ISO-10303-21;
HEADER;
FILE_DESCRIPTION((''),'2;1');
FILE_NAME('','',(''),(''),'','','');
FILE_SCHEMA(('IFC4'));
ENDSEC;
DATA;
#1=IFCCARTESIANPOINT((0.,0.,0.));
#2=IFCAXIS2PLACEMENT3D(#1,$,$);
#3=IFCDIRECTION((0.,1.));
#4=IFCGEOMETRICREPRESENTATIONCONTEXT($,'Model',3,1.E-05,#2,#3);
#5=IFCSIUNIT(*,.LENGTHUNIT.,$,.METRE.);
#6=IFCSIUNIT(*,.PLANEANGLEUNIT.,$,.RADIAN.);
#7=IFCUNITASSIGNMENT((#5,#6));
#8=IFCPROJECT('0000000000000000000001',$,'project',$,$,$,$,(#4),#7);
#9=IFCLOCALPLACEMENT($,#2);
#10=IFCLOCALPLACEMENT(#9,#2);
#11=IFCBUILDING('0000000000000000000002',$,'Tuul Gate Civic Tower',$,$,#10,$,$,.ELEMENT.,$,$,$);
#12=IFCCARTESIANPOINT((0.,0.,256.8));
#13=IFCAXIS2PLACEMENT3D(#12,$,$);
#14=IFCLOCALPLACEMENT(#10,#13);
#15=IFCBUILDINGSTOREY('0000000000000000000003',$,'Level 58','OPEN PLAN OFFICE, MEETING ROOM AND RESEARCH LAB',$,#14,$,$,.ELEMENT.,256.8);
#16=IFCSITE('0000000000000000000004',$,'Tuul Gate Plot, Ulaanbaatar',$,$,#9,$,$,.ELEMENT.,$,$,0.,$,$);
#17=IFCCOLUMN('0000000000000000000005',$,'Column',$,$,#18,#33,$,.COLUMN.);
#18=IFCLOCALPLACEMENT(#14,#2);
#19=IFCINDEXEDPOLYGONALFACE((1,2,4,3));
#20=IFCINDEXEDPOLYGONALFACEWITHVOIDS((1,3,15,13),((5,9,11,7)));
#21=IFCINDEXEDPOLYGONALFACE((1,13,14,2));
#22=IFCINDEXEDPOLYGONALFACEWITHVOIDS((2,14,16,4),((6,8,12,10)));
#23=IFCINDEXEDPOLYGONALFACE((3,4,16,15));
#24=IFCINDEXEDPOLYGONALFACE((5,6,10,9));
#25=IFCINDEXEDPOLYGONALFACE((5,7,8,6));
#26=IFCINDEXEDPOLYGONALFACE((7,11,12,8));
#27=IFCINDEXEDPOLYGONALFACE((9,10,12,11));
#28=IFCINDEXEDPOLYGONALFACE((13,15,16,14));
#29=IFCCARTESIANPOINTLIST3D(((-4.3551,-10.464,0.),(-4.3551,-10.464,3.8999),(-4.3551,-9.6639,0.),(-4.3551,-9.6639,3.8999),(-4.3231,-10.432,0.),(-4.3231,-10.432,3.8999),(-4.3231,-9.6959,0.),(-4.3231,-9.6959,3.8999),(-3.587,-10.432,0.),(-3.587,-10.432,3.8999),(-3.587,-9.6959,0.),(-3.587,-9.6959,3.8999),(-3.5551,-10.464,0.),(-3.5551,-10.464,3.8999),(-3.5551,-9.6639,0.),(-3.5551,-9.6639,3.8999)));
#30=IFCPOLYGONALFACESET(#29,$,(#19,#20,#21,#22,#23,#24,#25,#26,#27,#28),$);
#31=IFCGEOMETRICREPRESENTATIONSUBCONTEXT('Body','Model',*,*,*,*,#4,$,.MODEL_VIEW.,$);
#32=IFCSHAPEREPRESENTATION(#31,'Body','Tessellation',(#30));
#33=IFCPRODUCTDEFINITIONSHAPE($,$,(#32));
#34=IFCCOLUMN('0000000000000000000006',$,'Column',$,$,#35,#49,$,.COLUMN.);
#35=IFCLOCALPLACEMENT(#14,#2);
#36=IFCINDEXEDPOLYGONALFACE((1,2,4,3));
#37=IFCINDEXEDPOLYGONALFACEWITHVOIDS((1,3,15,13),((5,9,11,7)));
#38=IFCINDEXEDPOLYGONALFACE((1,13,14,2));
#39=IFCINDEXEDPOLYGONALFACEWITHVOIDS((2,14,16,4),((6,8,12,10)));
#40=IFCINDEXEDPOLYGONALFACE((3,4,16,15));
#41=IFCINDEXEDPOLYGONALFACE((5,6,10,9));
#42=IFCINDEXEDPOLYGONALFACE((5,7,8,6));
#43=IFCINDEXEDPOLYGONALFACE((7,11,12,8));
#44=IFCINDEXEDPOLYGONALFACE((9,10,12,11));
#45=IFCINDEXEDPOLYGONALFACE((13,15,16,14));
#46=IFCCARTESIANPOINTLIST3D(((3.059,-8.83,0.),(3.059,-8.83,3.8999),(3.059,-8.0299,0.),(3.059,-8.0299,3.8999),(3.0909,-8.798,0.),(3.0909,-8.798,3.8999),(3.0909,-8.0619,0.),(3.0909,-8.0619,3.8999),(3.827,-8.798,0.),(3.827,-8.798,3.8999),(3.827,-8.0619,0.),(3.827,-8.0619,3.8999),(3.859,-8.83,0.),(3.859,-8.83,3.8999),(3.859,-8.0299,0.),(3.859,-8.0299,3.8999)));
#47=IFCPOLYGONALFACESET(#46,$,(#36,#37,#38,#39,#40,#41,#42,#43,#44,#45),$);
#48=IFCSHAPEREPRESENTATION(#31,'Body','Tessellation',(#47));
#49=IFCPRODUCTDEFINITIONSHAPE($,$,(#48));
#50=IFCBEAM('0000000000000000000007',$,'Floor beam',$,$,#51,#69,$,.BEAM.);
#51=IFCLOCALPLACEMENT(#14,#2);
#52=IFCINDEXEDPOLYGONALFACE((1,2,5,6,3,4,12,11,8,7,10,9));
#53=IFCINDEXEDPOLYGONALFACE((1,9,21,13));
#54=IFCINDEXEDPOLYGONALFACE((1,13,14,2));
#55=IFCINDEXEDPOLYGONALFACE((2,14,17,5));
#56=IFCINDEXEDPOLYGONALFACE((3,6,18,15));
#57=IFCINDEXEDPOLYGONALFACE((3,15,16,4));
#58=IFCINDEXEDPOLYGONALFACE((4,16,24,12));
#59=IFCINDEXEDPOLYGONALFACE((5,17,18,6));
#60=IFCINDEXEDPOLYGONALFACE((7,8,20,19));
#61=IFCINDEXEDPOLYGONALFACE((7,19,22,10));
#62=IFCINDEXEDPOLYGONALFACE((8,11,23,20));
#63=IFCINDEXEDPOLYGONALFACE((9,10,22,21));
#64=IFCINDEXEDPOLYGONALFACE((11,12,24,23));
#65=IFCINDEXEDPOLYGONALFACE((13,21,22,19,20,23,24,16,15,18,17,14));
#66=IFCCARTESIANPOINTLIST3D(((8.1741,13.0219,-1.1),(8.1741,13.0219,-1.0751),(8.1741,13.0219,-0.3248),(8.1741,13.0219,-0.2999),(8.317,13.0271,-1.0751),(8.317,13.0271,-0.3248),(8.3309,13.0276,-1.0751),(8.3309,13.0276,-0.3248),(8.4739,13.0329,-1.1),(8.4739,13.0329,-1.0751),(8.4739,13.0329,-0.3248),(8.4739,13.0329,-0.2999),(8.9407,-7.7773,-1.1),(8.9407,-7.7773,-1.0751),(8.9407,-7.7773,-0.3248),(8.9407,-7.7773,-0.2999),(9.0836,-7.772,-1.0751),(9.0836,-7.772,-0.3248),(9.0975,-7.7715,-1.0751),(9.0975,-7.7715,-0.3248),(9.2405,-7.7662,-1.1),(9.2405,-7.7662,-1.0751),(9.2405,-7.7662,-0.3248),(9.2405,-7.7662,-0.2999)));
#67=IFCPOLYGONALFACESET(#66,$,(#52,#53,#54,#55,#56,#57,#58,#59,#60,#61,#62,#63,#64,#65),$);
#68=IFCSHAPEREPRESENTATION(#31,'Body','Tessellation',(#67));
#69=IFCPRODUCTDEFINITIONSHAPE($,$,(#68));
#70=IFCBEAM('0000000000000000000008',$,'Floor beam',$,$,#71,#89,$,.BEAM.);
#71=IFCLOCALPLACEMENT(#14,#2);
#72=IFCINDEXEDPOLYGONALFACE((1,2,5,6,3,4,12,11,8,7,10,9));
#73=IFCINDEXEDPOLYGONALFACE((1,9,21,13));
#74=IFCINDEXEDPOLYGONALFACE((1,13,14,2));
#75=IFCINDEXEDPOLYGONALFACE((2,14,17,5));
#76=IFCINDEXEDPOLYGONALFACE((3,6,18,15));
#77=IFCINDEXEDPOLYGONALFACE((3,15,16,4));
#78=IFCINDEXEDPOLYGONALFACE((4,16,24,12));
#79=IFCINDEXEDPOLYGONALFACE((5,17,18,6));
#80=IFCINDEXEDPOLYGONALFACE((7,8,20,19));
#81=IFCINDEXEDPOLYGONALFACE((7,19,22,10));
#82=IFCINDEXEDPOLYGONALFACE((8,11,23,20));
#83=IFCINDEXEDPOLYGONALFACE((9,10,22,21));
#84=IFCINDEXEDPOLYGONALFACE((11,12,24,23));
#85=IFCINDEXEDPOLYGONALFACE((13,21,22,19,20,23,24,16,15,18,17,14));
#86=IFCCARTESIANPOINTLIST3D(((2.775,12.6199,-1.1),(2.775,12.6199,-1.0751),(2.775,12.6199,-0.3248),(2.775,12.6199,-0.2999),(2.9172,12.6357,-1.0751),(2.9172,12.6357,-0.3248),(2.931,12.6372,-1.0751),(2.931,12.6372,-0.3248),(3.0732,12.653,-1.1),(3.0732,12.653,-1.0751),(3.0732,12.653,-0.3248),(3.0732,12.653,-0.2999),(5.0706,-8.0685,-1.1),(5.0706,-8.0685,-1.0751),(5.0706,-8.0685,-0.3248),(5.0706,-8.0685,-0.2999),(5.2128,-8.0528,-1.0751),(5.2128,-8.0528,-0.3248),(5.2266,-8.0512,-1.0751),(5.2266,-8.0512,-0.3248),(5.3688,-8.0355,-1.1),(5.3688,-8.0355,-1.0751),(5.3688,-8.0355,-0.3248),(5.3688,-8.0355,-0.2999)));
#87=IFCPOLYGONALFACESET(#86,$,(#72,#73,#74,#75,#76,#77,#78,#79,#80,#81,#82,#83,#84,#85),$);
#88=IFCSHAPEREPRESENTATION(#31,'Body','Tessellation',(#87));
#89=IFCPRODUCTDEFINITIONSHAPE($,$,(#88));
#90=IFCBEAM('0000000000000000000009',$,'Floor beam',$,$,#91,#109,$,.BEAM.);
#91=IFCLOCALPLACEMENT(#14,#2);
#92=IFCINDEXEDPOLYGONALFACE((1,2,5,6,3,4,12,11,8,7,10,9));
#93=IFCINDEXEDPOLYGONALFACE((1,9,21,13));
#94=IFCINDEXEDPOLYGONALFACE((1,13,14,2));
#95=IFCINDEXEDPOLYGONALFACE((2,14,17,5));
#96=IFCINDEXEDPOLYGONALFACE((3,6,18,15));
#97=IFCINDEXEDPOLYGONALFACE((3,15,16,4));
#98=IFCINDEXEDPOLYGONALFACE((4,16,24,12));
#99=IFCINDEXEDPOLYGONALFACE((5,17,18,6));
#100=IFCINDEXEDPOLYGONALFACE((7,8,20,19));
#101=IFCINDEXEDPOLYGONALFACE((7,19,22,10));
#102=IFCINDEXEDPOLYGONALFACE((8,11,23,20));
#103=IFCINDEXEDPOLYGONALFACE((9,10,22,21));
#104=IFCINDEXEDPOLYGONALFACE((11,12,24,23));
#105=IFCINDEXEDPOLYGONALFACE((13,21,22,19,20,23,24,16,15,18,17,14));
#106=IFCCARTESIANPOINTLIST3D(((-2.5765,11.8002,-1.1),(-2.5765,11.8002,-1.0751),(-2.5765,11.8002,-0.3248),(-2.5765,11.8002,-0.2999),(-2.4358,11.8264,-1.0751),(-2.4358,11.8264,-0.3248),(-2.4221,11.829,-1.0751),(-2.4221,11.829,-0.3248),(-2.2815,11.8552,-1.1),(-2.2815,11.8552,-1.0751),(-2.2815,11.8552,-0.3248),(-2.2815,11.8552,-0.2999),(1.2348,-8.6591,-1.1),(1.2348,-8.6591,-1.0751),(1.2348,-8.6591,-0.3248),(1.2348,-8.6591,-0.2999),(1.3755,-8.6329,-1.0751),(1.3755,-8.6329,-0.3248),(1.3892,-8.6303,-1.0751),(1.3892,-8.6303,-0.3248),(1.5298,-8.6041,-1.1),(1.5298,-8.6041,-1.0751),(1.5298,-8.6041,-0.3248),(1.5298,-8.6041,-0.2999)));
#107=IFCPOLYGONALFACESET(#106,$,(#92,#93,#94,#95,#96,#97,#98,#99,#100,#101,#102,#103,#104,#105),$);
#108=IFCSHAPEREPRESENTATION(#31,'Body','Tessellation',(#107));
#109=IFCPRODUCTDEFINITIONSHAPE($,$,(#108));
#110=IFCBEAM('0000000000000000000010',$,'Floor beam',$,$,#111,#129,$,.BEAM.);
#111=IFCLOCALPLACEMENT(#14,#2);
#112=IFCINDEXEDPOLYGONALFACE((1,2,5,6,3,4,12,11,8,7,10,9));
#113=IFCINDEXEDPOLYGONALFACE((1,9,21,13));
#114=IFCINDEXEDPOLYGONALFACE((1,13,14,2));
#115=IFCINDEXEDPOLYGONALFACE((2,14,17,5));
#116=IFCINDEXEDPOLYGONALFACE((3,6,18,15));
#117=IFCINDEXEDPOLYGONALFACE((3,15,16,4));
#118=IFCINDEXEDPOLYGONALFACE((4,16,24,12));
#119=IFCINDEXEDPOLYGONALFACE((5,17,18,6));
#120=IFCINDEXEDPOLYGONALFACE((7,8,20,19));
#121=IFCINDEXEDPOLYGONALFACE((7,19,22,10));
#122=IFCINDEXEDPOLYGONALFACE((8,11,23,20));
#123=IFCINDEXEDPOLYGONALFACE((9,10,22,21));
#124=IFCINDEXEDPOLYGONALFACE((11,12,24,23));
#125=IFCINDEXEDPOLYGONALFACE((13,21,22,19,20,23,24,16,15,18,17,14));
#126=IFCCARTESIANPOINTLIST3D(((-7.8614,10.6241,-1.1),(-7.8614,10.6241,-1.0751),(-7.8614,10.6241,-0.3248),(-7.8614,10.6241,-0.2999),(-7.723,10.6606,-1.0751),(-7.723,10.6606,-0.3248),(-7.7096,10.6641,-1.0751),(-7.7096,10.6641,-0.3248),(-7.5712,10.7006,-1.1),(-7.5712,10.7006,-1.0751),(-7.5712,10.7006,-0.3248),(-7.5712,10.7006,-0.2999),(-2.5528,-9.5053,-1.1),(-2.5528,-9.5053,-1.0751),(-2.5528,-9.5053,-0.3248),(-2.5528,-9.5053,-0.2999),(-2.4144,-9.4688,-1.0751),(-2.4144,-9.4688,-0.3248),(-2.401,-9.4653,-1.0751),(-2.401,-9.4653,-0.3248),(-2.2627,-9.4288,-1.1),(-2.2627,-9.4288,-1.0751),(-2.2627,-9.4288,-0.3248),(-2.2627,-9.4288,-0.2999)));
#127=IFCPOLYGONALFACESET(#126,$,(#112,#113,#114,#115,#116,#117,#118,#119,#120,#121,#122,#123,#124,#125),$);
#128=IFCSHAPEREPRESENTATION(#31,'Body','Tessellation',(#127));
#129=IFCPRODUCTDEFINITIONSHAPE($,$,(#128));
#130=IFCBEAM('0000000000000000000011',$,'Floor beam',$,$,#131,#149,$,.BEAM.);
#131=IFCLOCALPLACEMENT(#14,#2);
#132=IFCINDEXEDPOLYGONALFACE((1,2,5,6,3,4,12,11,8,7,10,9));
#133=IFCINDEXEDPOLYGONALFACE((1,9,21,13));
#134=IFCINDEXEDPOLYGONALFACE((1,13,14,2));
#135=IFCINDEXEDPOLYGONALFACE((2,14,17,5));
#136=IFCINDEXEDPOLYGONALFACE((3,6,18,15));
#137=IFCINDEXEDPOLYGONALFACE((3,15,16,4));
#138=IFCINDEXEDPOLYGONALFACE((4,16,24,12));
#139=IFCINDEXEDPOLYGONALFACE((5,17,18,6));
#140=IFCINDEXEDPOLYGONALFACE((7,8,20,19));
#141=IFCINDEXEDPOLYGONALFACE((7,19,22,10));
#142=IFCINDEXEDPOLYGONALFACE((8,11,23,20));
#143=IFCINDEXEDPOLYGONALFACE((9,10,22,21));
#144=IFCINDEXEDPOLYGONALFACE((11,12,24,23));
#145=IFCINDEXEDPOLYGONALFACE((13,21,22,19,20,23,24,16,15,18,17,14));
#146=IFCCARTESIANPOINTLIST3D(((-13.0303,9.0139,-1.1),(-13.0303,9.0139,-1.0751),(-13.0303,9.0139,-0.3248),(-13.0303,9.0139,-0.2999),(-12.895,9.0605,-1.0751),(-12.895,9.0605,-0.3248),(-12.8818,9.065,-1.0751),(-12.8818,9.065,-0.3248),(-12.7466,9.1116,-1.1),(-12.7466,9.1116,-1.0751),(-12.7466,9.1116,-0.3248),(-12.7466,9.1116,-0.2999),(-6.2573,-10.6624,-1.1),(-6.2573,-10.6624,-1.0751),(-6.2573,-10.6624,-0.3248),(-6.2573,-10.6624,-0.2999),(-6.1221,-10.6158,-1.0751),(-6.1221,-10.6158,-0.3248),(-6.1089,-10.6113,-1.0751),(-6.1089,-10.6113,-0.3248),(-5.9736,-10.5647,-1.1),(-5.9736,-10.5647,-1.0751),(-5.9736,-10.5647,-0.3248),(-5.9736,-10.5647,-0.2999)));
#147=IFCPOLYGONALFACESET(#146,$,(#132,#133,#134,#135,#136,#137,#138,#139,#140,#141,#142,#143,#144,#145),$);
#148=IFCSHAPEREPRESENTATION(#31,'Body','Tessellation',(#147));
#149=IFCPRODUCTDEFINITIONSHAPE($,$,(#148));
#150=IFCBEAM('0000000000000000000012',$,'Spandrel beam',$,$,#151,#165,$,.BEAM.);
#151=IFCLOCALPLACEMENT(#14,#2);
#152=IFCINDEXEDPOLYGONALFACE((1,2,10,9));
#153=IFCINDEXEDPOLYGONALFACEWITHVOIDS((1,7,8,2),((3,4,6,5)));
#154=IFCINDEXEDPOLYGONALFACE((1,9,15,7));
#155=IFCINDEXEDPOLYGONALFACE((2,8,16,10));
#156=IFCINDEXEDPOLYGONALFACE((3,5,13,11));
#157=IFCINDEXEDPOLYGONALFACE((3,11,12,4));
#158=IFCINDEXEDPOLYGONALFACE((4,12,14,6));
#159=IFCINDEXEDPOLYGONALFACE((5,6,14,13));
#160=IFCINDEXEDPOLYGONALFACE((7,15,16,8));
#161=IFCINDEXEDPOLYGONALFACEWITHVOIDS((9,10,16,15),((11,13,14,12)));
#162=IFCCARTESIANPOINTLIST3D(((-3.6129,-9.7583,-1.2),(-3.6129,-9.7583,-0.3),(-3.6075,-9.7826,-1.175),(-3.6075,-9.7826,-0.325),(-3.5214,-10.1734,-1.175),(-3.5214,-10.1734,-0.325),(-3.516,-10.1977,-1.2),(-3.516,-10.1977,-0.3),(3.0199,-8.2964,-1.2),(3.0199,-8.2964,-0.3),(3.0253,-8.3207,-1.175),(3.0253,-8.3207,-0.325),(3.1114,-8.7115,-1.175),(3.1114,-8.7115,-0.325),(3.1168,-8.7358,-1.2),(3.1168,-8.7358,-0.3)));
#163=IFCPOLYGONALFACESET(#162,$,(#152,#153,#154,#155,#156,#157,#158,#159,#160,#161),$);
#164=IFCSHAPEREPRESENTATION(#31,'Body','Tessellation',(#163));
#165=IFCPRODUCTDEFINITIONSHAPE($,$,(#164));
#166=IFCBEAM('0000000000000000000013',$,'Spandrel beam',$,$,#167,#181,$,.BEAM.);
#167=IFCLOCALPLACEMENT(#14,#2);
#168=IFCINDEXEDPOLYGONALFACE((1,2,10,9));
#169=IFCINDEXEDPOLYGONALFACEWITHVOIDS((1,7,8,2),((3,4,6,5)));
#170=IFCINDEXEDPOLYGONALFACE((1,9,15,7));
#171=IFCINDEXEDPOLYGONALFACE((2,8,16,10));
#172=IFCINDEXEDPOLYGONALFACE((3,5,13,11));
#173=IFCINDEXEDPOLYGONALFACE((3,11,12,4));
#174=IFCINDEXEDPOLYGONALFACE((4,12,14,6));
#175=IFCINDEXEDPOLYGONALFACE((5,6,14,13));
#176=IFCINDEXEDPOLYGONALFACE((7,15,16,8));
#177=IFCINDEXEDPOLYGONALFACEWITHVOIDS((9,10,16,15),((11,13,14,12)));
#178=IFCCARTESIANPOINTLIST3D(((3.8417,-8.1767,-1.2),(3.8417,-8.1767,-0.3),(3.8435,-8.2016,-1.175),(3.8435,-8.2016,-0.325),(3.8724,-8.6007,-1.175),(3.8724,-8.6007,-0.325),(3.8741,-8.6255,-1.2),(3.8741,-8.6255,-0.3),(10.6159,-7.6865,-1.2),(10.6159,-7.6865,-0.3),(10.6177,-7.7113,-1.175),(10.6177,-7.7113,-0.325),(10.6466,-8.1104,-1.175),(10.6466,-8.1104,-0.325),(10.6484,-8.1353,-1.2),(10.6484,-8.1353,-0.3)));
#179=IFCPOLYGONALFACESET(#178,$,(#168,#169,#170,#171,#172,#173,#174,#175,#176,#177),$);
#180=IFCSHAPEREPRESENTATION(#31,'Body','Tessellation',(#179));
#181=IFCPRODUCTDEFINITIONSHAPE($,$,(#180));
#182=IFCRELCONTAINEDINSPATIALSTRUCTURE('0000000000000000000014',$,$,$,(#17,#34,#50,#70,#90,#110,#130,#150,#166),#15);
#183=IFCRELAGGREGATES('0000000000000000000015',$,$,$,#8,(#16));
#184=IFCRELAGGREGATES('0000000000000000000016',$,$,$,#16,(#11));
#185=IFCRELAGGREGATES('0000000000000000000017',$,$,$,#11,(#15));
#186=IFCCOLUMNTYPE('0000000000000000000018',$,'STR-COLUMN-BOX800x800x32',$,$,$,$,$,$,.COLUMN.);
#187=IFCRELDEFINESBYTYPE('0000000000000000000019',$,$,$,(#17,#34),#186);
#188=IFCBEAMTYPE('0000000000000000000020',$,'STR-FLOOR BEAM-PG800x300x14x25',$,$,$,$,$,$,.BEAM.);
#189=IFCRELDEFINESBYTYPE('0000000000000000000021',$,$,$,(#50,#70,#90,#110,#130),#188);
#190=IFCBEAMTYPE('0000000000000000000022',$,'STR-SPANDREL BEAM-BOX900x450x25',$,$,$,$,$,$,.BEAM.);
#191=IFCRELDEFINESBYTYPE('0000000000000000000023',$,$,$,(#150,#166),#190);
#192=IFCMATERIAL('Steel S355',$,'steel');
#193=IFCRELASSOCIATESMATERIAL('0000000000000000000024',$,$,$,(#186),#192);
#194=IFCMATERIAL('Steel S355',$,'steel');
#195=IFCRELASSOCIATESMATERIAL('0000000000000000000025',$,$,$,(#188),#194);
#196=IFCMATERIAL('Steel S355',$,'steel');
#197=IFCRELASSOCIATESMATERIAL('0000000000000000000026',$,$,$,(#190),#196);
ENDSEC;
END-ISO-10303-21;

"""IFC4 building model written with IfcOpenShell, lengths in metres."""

from ifc_helpers import new_model, si_unit, direction, frame, origin, origin_2d, place, context, subcontext, project, spatial, hollow_rectangle, i_section, extrude, material, material_profile, profile_set, type_object, element, save


model = new_model("IFC4")

# Units and contexts
model_context = context("Model", 3, precision=1e-05, world=origin(), true_north=direction((0.0, 1.0)))
body_context = subcontext(model_context, "Body", "Model", "MODEL_VIEW")
ifc_project = project(units=[si_unit("LENGTHUNIT", "METRE"), si_unit("PLANEANGLEUNIT", "RADIAN")], contexts=[model_context])

# Site, building, storey
site_placement = place(None, origin())
site = spatial("IfcSite", under=ifc_project, at=site_placement, Name="Tuul Gate Plot, Ulaanbaatar", CompositionType="ELEMENT", RefElevation=0.0)
building_placement = place(site_placement, origin())
building = spatial("IfcBuilding", under=site, at=building_placement, Name="Tuul Gate Civic Tower", CompositionType="ELEMENT")
storey_placement = place(building_placement, frame((0.0, 0.0, 256.8)))
storey = spatial("IfcBuildingStorey", under=building, at=storey_placement, Name="Level 58", Description="OPEN PLAN OFFICE, MEETING ROOM AND RESEARCH LAB", CompositionType="ELEMENT", Elevation=256.8)

# Columns
ifc_material_1 = material(Name="Steel S355", Category="steel")
ifc_material_profile_1 = material_profile(ifc_material_1, hollow_rectangle(XDim=0.8, YDim=0.8, WallThickness=0.032, at=origin_2d()), Name="BOX800x800x32")
ifc_profile_set_1 = profile_set([ifc_material_profile_1], Name="Steel S355")
column_type = type_object("IfcColumnType", Name="STR-COLUMN-BOX800x800x32", PredefinedType="COLUMN", material=ifc_profile_set_1)
for number, where, z_axis, x_axis, name in (
    (1, (-3.9551, -10.064, 0.0), (0.0, 0.0, 1.0), (1.0, 0.0, 0.0), "Column"),
    (2, (3.459, -8.4299, 0.0), (0.0, 0.0, 1.0), (1.0, 0.0, 0.0), "Column"),
):
    element("IfcColumn", number, at=place(storey_placement, frame(where, z_axis=z_axis, x_axis=x_axis)), inside=storey, type_object=column_type, Name=name, PredefinedType="COLUMN", context=body_context, shape_type="SweptSolid", body=[
        extrude(hollow_rectangle(XDim=0.8, YDim=0.8, WallThickness=0.032, at=origin_2d()), origin(), (0.0, 0.0, 1.0), 3.8999),
    ])

# Beams
ifc_material_2 = material(Name="Steel S355", Category="steel")
ifc_material_profile_2 = material_profile(ifc_material_2, i_section(OverallWidth=0.3, OverallDepth=0.8, WebThickness=0.0139, FlangeThickness=0.0249, at=origin_2d()), Name="PG800x300x14x25")
ifc_profile_set_2 = profile_set([ifc_material_profile_2], Name="Steel S355")
beam_type_1 = type_object("IfcBeamType", Name="STR-FLOOR BEAM-PG800x300x14x25", PredefinedType="BEAM", material=ifc_profile_set_2)
beam_1_placement = place(storey_placement, frame((9.0906, -7.7717, -0.7), z_axis=(-0.036832, 0.999321, 0.0), x_axis=(-0.999321, -0.036832, 0.0)))
element("IfcBeam", 3, at=beam_1_placement, inside=storey, type_object=beam_type_1, Name="Floor beam", PredefinedType="BEAM", context=body_context, shape_type="SweptSolid", body=[
    extrude(i_section(OverallWidth=0.3, OverallDepth=0.8, WebThickness=0.0139, FlangeThickness=0.0249, at=origin_2d()), origin(), (0.0, 0.0, 1.0), 20.8132),
])
beam_2_placement = place(storey_placement, frame((5.2197, -8.052, -0.7), z_axis=(-0.110286, 0.9939, 0.0), x_axis=(-0.9939, -0.110286, 0.0)))
element("IfcBeam", 4, at=beam_2_placement, inside=storey, type_object=beam_type_1, Name="Floor beam", PredefinedType="BEAM", context=body_context, shape_type="SweptSolid", body=[
    extrude(i_section(OverallWidth=0.3, OverallDepth=0.8, WebThickness=0.0139, FlangeThickness=0.0249, at=origin_2d()), origin(), (0.0, 0.0, 1.0), 20.8154),
])
beam_3_placement = place(storey_placement, frame((1.3823, -8.6316, -0.7), z_axis=(-0.183136, 0.983088, 0.0), x_axis=(-0.983088, -0.183136, 0.0)))
element("IfcBeam", 5, at=beam_3_placement, inside=storey, type_object=beam_type_1, Name="Floor beam", PredefinedType="BEAM", context=body_context, shape_type="SweptSolid", body=[
    extrude(i_section(OverallWidth=0.3, OverallDepth=0.8, WebThickness=0.0139, FlangeThickness=0.0249, at=origin_2d()), origin(), (0.0, 0.0, 1.0), 20.8113),
])
beam_4_placement = place(storey_placement, frame((-2.4077, -9.467, -0.7), z_axis=(-0.255005, 0.96694, 0.0), x_axis=(-0.96694, -0.255005, 0.0)))
element("IfcBeam", 6, at=beam_4_placement, inside=storey, type_object=beam_type_1, Name="Floor beam", PredefinedType="BEAM", context=body_context, shape_type="SweptSolid", body=[
    extrude(i_section(OverallWidth=0.3, OverallDepth=0.8, WebThickness=0.0139, FlangeThickness=0.0249, at=origin_2d()), origin(), (0.0, 0.0, 1.0), 20.8176),
])
beam_5_placement = place(storey_placement, frame((-6.1155, -10.6135, -0.7), z_axis=(-0.325476, 0.94555, 0.0), x_axis=(-0.94555, -0.325476, 0.0)))
element("IfcBeam", 7, at=beam_5_placement, inside=storey, type_object=beam_type_1, Name="Floor beam", PredefinedType="BEAM", context=body_context, shape_type="SweptSolid", body=[
    extrude(i_section(OverallWidth=0.3, OverallDepth=0.8, WebThickness=0.0139, FlangeThickness=0.0249, at=origin_2d()), origin(), (0.0, 0.0, 1.0), 20.8093),
])
ifc_material_3 = material(Name="Steel S355", Category="steel")
ifc_material_profile_3 = material_profile(ifc_material_3, hollow_rectangle(XDim=0.45, YDim=0.8999, WallThickness=0.0249, at=origin_2d()), Name="BOX900x450x25")
ifc_profile_set_3 = profile_set([ifc_material_profile_3], Name="Steel S355")
beam_type_2 = type_object("IfcBeamType", Name="STR-SPANDREL BEAM-BOX900x450x25", PredefinedType="BEAM", material=ifc_profile_set_3)
for number, where, z_axis, x_axis, name in (
    (8, (-3.5645, -9.978, -0.75), (0.976561, 0.21524, 0.0), (-0.21524, 0.976561, 0.0), "Spandrel beam"),
    (9, (3.8579, -8.4011, -0.75), (0.997392, 0.072179, 0.0), (-0.072179, 0.997392, 0.0), "Spandrel beam"),
):
    element("IfcBeam", number, at=place(storey_placement, frame(where, z_axis=z_axis, x_axis=x_axis)), inside=storey, type_object=beam_type_2, Name=name, PredefinedType="BEAM", context=body_context, shape_type="SweptSolid", body=[
        extrude(hollow_rectangle(XDim=0.45, YDim=0.8999, WallThickness=0.0249, at=origin_2d()), origin(), (0.0, 0.0, 1.0), 6.792),
    ])

save(model, "model.ifc")
